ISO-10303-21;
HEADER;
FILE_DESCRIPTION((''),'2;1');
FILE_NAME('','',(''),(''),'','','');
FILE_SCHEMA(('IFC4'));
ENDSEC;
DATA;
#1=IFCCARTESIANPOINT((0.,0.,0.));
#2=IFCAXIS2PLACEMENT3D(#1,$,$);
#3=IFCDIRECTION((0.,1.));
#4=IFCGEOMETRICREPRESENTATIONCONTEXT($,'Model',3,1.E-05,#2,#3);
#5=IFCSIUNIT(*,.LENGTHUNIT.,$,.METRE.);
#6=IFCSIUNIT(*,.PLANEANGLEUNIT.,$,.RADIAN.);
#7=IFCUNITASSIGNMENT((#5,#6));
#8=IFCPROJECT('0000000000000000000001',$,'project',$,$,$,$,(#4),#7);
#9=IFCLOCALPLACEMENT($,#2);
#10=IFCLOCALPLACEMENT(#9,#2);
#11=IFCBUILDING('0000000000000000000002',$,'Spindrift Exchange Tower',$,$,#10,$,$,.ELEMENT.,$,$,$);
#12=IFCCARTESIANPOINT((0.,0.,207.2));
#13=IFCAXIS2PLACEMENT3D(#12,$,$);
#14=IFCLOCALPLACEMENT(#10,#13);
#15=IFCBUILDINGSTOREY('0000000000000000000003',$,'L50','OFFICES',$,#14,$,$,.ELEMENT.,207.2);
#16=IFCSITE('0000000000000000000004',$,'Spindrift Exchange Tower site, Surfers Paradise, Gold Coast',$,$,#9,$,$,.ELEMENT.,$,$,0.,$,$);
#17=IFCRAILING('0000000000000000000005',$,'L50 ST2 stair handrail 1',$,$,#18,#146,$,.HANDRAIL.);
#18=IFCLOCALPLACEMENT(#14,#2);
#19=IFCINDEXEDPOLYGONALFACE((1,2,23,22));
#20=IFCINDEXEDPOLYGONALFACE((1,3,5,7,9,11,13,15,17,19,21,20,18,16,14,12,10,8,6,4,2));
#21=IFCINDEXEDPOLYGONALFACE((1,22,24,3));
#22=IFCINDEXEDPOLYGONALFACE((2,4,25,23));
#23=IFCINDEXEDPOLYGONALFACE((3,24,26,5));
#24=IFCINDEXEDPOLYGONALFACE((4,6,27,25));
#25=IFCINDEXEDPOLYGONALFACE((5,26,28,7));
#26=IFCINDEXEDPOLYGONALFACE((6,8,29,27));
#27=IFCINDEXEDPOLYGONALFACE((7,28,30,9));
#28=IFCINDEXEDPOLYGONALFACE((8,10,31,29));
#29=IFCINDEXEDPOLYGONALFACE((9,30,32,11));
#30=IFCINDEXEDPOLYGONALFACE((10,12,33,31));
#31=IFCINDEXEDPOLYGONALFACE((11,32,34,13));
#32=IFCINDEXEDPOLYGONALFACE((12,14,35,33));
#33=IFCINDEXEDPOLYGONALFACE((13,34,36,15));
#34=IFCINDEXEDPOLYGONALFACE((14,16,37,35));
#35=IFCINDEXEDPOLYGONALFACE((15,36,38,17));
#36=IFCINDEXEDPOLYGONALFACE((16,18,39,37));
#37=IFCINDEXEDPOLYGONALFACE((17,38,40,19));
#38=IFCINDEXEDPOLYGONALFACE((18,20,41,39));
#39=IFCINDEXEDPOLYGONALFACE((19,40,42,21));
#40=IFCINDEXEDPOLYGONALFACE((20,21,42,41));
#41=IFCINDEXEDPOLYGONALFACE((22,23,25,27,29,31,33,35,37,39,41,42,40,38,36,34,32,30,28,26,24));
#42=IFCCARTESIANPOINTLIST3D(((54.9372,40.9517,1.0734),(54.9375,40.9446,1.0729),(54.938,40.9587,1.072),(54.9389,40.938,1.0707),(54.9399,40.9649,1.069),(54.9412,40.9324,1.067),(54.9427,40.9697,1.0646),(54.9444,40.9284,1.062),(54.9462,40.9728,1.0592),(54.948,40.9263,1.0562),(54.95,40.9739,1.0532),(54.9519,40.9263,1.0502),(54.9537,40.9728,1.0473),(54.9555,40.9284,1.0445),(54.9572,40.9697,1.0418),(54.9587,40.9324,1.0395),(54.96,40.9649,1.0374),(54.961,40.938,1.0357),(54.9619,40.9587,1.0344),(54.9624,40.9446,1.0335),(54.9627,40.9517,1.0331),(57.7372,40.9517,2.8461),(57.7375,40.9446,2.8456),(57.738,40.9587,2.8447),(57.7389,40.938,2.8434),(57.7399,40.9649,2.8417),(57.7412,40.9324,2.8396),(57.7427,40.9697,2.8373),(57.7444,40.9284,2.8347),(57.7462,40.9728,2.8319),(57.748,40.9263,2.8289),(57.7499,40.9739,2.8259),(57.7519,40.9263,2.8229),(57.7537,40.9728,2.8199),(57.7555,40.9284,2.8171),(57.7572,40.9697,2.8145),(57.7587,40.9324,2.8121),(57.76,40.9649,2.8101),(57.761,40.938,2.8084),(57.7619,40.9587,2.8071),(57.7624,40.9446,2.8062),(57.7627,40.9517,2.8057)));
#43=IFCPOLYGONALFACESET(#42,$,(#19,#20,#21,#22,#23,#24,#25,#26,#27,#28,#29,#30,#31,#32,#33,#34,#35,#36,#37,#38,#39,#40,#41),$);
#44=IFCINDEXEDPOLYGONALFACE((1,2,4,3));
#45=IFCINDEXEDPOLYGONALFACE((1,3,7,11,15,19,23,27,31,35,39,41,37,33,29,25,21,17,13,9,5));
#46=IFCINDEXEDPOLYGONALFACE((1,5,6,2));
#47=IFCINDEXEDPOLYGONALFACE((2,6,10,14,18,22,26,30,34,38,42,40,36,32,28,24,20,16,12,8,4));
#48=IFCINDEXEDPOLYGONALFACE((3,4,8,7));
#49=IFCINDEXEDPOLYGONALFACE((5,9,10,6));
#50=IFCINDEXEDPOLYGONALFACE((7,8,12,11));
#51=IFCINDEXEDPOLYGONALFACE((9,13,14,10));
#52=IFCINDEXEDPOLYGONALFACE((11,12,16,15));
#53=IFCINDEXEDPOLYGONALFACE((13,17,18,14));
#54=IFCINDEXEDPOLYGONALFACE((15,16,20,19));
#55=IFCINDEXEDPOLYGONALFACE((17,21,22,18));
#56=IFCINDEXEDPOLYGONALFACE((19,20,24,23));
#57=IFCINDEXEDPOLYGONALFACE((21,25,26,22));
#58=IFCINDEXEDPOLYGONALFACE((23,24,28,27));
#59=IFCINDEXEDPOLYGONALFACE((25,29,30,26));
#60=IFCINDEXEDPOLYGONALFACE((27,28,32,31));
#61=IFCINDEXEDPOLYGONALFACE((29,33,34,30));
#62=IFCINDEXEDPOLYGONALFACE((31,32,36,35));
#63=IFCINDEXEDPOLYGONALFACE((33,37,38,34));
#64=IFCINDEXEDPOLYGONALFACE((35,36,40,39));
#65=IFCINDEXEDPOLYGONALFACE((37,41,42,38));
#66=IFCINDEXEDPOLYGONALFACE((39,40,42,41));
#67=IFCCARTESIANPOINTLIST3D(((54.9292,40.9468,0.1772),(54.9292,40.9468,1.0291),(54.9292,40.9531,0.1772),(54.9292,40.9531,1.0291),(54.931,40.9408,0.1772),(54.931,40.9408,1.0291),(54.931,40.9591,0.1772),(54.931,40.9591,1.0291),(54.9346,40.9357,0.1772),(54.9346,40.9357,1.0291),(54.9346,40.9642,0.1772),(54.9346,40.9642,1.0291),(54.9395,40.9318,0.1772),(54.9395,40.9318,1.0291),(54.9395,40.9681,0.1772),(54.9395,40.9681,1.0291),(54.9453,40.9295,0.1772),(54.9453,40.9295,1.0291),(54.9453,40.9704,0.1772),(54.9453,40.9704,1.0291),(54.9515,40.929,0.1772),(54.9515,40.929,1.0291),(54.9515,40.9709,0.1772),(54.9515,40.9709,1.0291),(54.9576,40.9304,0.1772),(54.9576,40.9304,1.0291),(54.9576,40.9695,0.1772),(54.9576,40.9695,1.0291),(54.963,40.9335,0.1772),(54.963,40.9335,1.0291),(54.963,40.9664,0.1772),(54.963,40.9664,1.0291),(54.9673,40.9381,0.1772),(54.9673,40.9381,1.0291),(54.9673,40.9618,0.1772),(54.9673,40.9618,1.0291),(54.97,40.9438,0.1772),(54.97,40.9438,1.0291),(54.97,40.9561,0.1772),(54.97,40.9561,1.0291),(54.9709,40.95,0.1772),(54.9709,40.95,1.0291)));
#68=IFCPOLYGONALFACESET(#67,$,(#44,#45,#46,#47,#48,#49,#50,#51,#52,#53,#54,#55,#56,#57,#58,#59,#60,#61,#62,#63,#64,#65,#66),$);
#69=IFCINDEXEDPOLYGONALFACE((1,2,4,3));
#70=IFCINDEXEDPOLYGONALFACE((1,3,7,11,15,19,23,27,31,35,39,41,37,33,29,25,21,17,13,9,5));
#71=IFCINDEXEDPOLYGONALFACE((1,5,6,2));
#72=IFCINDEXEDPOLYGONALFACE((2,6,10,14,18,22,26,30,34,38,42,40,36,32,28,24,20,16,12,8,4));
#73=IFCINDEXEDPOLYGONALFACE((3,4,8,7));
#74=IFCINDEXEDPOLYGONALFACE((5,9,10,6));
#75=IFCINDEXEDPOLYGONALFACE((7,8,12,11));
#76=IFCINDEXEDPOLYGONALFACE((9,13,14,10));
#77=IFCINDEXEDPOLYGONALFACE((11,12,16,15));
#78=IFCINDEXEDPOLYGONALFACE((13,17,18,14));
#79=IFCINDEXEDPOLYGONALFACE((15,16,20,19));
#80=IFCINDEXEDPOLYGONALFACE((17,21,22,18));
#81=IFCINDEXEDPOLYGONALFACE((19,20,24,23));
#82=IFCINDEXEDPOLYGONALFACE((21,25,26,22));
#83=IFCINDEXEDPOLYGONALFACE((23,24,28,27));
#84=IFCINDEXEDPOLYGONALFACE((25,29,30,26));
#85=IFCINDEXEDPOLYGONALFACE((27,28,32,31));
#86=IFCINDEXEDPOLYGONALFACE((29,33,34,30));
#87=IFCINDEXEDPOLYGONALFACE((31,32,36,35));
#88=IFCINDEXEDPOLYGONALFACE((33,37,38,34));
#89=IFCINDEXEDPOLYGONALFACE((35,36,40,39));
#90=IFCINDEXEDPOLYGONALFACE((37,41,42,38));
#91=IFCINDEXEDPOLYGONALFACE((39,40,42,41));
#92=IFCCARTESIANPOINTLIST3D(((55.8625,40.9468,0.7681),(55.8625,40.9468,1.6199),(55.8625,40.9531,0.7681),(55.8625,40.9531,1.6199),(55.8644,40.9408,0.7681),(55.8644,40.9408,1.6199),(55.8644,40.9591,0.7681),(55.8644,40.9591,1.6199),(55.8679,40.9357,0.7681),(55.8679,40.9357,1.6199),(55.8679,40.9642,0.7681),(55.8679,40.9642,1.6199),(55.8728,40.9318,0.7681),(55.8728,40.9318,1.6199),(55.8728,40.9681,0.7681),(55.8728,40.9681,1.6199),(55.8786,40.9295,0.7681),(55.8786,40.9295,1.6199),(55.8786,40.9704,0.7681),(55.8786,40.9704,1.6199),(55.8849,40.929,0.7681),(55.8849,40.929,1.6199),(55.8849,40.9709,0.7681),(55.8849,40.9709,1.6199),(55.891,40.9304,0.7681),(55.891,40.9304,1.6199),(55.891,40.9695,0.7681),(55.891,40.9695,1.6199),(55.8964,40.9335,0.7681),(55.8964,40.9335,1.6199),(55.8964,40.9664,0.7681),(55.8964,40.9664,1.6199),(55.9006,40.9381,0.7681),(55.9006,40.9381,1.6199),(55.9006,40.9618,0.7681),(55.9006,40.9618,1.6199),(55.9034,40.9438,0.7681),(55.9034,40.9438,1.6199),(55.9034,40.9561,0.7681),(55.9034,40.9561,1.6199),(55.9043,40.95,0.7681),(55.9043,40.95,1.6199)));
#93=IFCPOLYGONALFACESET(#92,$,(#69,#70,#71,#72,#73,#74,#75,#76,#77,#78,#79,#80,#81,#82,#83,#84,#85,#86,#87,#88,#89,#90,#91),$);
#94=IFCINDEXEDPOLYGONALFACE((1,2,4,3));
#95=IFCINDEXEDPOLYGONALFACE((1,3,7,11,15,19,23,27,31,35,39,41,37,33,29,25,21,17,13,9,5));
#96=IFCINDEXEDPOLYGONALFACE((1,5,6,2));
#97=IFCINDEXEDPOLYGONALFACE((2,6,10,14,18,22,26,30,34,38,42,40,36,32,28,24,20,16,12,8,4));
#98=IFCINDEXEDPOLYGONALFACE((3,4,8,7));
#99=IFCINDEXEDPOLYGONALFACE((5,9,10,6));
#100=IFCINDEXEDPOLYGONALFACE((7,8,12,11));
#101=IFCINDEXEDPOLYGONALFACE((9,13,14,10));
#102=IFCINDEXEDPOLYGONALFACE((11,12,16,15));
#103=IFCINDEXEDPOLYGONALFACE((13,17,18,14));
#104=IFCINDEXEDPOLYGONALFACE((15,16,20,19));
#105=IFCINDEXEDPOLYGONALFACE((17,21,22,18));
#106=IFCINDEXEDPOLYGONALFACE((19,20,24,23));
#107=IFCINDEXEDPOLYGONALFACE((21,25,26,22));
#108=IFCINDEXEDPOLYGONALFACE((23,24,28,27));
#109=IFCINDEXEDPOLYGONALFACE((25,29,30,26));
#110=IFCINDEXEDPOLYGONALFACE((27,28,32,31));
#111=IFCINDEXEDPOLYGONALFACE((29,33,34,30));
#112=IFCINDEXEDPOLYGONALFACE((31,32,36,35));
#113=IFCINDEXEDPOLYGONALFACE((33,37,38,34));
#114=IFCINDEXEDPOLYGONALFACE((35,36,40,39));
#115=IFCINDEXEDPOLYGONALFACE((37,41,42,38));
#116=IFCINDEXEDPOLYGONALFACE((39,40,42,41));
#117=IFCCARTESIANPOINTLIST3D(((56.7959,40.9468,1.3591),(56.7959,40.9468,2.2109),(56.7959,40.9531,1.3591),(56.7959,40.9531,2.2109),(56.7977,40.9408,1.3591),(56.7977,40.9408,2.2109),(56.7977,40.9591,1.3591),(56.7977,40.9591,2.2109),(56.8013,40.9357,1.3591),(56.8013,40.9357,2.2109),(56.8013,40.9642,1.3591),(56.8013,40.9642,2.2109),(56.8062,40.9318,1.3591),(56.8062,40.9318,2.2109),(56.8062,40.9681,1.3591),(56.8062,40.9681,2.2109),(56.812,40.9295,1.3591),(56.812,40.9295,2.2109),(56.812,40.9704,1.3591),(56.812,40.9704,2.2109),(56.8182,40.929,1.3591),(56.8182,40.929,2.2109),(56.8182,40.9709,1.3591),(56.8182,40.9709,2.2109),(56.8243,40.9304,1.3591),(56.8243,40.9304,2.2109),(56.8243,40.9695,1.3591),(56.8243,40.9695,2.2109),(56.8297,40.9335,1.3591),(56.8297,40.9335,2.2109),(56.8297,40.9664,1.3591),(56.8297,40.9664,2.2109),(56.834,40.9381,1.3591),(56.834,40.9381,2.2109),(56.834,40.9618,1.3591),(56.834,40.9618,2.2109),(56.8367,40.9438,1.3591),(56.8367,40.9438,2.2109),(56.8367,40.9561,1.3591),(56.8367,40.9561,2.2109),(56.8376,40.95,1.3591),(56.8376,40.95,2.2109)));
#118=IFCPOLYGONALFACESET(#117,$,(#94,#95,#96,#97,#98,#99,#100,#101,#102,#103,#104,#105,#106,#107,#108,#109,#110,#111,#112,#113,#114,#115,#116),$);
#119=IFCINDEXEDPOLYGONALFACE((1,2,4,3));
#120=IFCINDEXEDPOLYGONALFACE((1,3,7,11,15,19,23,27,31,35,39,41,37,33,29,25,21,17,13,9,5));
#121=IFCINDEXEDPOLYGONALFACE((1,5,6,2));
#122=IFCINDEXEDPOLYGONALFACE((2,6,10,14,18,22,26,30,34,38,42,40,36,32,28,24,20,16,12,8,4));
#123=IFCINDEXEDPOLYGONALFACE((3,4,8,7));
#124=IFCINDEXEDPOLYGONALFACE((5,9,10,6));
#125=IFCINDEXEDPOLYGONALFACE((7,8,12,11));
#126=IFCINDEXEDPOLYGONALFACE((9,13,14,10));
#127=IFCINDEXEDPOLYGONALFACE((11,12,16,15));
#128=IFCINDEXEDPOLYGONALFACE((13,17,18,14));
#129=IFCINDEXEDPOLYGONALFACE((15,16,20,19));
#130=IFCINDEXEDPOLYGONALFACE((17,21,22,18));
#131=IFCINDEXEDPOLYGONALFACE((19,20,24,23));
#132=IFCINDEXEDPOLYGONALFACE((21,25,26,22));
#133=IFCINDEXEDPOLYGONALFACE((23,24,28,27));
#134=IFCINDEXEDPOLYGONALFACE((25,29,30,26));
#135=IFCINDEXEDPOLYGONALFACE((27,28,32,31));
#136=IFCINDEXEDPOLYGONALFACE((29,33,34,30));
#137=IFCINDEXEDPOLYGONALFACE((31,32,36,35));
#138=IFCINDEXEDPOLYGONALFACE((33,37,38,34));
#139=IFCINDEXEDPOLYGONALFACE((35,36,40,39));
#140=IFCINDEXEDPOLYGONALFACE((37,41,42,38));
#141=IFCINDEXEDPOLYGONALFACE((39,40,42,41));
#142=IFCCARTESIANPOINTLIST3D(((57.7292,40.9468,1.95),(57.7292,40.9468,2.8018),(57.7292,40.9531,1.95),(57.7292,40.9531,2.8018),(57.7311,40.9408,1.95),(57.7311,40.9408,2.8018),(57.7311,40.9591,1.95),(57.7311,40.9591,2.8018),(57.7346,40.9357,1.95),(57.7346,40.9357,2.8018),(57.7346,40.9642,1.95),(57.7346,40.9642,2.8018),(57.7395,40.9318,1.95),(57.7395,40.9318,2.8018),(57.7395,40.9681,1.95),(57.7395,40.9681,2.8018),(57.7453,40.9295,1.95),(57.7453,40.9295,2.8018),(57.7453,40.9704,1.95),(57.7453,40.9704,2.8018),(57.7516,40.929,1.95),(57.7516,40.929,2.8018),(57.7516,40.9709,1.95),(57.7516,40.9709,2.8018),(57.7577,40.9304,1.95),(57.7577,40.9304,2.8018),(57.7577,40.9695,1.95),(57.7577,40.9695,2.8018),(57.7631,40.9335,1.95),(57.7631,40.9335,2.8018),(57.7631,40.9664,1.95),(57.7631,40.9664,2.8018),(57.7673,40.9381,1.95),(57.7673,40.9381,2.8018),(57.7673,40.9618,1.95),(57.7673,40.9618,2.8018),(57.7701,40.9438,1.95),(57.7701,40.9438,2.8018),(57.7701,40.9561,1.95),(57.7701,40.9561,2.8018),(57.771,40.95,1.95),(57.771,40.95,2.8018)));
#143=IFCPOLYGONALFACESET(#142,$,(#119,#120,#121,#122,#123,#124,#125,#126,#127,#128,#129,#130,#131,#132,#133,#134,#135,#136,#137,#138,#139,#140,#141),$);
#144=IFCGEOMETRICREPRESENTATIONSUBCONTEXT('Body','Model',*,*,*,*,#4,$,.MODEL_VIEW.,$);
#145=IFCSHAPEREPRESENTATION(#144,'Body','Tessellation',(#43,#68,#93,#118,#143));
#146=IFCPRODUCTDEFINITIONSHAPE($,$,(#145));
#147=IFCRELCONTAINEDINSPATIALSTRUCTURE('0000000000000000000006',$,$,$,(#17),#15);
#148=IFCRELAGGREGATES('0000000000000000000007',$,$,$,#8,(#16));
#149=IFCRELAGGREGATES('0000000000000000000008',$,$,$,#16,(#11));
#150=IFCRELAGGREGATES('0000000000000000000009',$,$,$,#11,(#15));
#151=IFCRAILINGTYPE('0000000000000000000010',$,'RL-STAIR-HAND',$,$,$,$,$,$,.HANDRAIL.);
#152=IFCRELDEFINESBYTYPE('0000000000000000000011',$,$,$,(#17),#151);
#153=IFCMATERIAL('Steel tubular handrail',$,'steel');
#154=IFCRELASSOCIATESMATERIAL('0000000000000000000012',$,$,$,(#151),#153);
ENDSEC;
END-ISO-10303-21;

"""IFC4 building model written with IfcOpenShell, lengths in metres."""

from ifc_helpers import new_model, si_unit, direction, frame, origin, origin_2d, place, context, subcontext, project, spatial, circle, extrude, material, type_object, element, save


model = new_model("IFC4")

# Units and contexts
model_context = context("Model", 3, precision=1e-05, world=origin(), true_north=direction((0.0, 1.0)))
body_context = subcontext(model_context, "Body", "Model", "MODEL_VIEW")
ifc_project = project(units=[si_unit("LENGTHUNIT", "METRE"), si_unit("PLANEANGLEUNIT", "RADIAN")], contexts=[model_context])

# Site, building, storey
site_placement = place(None, origin())
site = spatial("IfcSite", under=ifc_project, at=site_placement, Name="Spindrift Exchange Tower site, Surfers Paradise, Gold Coast", CompositionType="ELEMENT", RefElevation=0.0)
building_placement = place(site_placement, origin())
building = spatial("IfcBuilding", under=site, at=building_placement, Name="Spindrift Exchange Tower", CompositionType="ELEMENT")
storey_placement = place(building_placement, frame((0.0, 0.0, 207.2)))
storey = spatial("IfcBuildingStorey", under=building, at=storey_placement, Name="L50", Description="OFFICES", CompositionType="ELEMENT", Elevation=207.2)

# Railing
ifc_material_1 = material(Name="Steel tubular handrail", Category="steel")
railing_type_1 = type_object("IfcRailingType", Name="RL-STAIR-HAND", PredefinedType="HANDRAIL", material=ifc_material_1)
railing_1_placement = place(storey_placement, frame((54.95, 40.95, 0.1772)))
element("IfcRailing", 1, at=railing_1_placement, inside=storey, type_object=railing_type_1, Name="L50 ST2 stair handrail 1", PredefinedType="HANDRAIL", context=body_context, shape_type="SweptSolid", body=[
    extrude(circle(Radius=0.0239, at=origin_2d()), frame((0.0, 0.0, 0.876), z_axis=(0.844909, 0.0, 0.53491), x_axis=(0.0, 1.0, 0.0)), (0.0, 0.0, 1.0), 3.314),
    extrude(circle(Radius=0.021, at=origin_2d()), origin(), (0.0, 0.0, 1.0), 0.8518),
    extrude(circle(Radius=0.021, at=origin_2d()), frame((0.9333, 0.0, 0.5908)), (0.0, 0.0, 1.0), 0.8518),
    extrude(circle(Radius=0.021, at=origin_2d()), frame((1.8667, 0.0, 1.1819)), (0.0, 0.0, 1.0), 0.8518),
    extrude(circle(Radius=0.021, at=origin_2d()), frame((2.8, 0.0, 1.7727)), (0.0, 0.0, 1.0), 0.8518),
])

save(model, "model.ifc")
